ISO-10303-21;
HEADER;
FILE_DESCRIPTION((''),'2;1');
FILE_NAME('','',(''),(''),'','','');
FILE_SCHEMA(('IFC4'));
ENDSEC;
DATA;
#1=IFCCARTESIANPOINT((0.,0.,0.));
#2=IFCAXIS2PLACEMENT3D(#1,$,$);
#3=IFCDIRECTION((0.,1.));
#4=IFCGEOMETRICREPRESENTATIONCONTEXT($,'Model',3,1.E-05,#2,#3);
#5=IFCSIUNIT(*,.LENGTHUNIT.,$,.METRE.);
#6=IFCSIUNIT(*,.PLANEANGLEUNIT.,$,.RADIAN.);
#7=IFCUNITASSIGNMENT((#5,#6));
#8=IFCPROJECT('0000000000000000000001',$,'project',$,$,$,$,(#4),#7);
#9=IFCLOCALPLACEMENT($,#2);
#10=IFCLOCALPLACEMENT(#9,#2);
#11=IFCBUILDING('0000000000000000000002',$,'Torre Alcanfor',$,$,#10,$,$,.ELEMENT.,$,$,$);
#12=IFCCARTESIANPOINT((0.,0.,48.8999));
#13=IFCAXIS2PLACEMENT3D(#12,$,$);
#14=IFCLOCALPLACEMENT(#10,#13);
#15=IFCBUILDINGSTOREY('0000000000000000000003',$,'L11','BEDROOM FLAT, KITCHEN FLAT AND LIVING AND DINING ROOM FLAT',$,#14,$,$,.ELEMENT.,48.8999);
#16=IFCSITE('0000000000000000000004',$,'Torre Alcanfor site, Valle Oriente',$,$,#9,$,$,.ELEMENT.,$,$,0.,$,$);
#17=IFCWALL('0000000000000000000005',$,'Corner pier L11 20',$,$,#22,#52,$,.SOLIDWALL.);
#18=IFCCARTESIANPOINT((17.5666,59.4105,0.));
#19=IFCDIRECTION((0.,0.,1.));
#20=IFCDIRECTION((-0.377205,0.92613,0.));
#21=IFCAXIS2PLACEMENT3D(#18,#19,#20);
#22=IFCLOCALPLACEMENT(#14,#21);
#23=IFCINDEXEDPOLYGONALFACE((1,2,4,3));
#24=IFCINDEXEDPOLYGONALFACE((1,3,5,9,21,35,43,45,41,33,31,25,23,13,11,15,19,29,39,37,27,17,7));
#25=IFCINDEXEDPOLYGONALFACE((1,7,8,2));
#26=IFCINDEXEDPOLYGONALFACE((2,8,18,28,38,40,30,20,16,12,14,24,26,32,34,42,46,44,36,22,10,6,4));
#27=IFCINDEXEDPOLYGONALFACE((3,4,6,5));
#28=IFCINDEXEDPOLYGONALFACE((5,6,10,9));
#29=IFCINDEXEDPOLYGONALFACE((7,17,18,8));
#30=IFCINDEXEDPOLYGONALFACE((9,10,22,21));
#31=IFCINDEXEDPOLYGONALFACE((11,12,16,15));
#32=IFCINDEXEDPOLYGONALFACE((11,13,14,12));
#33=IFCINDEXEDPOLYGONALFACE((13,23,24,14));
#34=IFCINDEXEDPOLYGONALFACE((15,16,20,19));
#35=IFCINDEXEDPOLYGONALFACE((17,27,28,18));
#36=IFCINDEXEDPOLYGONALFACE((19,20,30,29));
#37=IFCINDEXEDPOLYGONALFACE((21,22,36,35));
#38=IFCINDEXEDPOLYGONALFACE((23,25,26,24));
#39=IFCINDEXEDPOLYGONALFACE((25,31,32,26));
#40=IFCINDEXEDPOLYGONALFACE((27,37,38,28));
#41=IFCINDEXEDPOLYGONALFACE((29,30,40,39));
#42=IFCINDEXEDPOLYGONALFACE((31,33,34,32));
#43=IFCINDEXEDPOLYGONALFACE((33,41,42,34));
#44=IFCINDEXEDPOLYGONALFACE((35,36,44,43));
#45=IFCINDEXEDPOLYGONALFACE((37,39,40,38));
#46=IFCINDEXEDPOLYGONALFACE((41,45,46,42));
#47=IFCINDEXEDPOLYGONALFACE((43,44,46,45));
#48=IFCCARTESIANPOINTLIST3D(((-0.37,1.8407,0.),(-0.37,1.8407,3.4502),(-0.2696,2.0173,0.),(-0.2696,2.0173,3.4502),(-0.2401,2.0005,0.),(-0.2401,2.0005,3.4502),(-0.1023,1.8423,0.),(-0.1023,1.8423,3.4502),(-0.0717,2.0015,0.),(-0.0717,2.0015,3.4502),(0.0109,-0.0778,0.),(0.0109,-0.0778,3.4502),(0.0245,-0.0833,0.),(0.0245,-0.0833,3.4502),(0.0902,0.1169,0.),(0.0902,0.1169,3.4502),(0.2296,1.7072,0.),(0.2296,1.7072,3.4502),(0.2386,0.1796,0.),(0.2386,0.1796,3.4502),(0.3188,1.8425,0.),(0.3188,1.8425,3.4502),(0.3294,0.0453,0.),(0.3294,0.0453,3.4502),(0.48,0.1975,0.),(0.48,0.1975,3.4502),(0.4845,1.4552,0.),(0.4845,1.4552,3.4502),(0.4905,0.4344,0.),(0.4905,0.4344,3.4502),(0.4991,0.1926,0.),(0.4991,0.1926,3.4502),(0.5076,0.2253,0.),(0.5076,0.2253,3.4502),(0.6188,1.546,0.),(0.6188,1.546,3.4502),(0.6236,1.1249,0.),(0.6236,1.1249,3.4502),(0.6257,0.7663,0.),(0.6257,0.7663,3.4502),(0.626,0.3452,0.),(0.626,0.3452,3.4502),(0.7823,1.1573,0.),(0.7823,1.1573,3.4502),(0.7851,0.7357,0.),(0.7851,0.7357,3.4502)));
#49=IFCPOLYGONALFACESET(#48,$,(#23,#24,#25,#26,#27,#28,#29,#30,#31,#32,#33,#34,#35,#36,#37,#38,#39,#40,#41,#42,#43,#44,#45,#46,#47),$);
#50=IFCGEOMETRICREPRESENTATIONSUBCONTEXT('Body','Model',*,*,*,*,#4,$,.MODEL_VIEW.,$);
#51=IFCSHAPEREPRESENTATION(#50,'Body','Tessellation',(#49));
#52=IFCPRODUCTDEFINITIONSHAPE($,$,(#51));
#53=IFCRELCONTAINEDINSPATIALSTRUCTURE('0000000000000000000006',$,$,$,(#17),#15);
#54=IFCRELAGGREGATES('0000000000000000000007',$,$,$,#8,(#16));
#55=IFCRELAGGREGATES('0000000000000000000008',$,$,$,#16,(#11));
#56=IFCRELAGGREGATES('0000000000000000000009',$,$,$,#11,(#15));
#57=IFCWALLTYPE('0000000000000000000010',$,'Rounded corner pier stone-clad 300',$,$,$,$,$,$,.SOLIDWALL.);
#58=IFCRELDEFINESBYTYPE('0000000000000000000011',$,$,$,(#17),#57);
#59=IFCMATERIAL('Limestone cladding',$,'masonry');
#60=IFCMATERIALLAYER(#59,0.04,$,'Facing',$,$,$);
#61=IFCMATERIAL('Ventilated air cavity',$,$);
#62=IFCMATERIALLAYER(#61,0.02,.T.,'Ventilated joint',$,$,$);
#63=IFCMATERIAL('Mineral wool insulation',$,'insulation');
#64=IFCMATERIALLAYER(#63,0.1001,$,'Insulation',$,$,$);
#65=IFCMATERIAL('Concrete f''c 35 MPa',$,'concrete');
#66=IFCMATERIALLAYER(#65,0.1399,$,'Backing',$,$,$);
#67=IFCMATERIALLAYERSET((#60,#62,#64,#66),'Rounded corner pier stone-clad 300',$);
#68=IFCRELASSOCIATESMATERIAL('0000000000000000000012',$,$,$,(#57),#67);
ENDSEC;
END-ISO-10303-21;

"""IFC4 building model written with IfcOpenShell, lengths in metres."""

from ifc_helpers import new_model, si_unit, direction, frame, origin, place, context, subcontext, project, spatial, polyline, outline, extrude, material, layer, layer_set, type_object, element, save


model = new_model("IFC4")

# Units and contexts
model_context = context("Model", 3, precision=1e-05, world=origin(), true_north=direction((0.0, 1.0)))
body_context = subcontext(model_context, "Body", "Model", "MODEL_VIEW")
ifc_project = project(units=[si_unit("LENGTHUNIT", "METRE"), si_unit("PLANEANGLEUNIT", "RADIAN")], contexts=[model_context])

# Site, building, storey
site_placement = place(None, origin())
site = spatial("IfcSite", under=ifc_project, at=site_placement, Name="Torre Alcanfor site, Valle Oriente", CompositionType="ELEMENT", RefElevation=0.0)
building_placement = place(site_placement, origin())
building = spatial("IfcBuilding", under=site, at=building_placement, Name="Torre Alcanfor", CompositionType="ELEMENT")
storey_placement = place(building_placement, frame((0.0, 0.0, 48.8999)))
storey = spatial("IfcBuildingStorey", under=building, at=storey_placement, Name="L11", Description="BEDROOM FLAT, KITCHEN FLAT AND LIVING AND DINING ROOM FLAT", CompositionType="ELEMENT", Elevation=48.8999)

# Wall
ifc_material_1 = material(Name="Limestone cladding", Category="masonry")
ifc_layer_1 = layer(ifc_material_1, 0.04, Name="Facing")
ifc_material_2 = material(Name="Ventilated air cavity")
ifc_layer_2 = layer(ifc_material_2, 0.02, ventilated=True, Name="Ventilated joint")
ifc_material_3 = material(Name="Mineral wool insulation", Category="insulation")
ifc_layer_3 = layer(ifc_material_3, 0.1001, Name="Insulation")
ifc_material_4 = material(Name="Concrete f'c 35 MPa", Category="concrete")
ifc_layer_4 = layer(ifc_material_4, 0.1399, Name="Backing")
ifc_layer_set_1 = layer_set([ifc_layer_1, ifc_layer_2, ifc_layer_3, ifc_layer_4], Name="Rounded corner pier stone-clad 300")
wall_type_1 = type_object("IfcWallType", Name="Rounded corner pier stone-clad 300", PredefinedType="SOLIDWALL", material=ifc_layer_set_1)
wall_1_placement = place(storey_placement, frame((17.5666, 59.4105, 0.0), z_axis=(0.0, 0.0, 1.0), x_axis=(-0.377205, 0.92613, 0.0)))
element("IfcWall", 1, at=wall_1_placement, inside=storey, type_object=wall_type_1, Name="Corner pier L11 20", PredefinedType="SOLIDWALL", context=body_context, shape_type="SweptSolid", body=[
    extrude(outline(polyline([(-0.2696, 2.0173), (-0.37, 1.8407), (-0.1023, 1.8423), (0.2296, 1.7072), (0.4845, 1.4552), (0.6236, 1.1249), (0.6257, 0.7663), (0.4905, 0.4344), (0.2386, 0.1796), (0.0902, 0.1169), (0.0109, -0.0778), (0.0245, -0.0833), (0.3294, 0.0453), (0.48, 0.1975), (0.4991, 0.1926), (0.5076, 0.2253), (0.626, 0.3452), (0.7851, 0.7357), (0.7823, 1.1573), (0.6188, 1.546), (0.3188, 1.8425), (-0.0717, 2.0015), (-0.2401, 2.0005), (-0.2696, 2.0173)])), origin(), (0.0, 0.0, 1.0), 3.4502),
])

save(model, "model.ifc")
